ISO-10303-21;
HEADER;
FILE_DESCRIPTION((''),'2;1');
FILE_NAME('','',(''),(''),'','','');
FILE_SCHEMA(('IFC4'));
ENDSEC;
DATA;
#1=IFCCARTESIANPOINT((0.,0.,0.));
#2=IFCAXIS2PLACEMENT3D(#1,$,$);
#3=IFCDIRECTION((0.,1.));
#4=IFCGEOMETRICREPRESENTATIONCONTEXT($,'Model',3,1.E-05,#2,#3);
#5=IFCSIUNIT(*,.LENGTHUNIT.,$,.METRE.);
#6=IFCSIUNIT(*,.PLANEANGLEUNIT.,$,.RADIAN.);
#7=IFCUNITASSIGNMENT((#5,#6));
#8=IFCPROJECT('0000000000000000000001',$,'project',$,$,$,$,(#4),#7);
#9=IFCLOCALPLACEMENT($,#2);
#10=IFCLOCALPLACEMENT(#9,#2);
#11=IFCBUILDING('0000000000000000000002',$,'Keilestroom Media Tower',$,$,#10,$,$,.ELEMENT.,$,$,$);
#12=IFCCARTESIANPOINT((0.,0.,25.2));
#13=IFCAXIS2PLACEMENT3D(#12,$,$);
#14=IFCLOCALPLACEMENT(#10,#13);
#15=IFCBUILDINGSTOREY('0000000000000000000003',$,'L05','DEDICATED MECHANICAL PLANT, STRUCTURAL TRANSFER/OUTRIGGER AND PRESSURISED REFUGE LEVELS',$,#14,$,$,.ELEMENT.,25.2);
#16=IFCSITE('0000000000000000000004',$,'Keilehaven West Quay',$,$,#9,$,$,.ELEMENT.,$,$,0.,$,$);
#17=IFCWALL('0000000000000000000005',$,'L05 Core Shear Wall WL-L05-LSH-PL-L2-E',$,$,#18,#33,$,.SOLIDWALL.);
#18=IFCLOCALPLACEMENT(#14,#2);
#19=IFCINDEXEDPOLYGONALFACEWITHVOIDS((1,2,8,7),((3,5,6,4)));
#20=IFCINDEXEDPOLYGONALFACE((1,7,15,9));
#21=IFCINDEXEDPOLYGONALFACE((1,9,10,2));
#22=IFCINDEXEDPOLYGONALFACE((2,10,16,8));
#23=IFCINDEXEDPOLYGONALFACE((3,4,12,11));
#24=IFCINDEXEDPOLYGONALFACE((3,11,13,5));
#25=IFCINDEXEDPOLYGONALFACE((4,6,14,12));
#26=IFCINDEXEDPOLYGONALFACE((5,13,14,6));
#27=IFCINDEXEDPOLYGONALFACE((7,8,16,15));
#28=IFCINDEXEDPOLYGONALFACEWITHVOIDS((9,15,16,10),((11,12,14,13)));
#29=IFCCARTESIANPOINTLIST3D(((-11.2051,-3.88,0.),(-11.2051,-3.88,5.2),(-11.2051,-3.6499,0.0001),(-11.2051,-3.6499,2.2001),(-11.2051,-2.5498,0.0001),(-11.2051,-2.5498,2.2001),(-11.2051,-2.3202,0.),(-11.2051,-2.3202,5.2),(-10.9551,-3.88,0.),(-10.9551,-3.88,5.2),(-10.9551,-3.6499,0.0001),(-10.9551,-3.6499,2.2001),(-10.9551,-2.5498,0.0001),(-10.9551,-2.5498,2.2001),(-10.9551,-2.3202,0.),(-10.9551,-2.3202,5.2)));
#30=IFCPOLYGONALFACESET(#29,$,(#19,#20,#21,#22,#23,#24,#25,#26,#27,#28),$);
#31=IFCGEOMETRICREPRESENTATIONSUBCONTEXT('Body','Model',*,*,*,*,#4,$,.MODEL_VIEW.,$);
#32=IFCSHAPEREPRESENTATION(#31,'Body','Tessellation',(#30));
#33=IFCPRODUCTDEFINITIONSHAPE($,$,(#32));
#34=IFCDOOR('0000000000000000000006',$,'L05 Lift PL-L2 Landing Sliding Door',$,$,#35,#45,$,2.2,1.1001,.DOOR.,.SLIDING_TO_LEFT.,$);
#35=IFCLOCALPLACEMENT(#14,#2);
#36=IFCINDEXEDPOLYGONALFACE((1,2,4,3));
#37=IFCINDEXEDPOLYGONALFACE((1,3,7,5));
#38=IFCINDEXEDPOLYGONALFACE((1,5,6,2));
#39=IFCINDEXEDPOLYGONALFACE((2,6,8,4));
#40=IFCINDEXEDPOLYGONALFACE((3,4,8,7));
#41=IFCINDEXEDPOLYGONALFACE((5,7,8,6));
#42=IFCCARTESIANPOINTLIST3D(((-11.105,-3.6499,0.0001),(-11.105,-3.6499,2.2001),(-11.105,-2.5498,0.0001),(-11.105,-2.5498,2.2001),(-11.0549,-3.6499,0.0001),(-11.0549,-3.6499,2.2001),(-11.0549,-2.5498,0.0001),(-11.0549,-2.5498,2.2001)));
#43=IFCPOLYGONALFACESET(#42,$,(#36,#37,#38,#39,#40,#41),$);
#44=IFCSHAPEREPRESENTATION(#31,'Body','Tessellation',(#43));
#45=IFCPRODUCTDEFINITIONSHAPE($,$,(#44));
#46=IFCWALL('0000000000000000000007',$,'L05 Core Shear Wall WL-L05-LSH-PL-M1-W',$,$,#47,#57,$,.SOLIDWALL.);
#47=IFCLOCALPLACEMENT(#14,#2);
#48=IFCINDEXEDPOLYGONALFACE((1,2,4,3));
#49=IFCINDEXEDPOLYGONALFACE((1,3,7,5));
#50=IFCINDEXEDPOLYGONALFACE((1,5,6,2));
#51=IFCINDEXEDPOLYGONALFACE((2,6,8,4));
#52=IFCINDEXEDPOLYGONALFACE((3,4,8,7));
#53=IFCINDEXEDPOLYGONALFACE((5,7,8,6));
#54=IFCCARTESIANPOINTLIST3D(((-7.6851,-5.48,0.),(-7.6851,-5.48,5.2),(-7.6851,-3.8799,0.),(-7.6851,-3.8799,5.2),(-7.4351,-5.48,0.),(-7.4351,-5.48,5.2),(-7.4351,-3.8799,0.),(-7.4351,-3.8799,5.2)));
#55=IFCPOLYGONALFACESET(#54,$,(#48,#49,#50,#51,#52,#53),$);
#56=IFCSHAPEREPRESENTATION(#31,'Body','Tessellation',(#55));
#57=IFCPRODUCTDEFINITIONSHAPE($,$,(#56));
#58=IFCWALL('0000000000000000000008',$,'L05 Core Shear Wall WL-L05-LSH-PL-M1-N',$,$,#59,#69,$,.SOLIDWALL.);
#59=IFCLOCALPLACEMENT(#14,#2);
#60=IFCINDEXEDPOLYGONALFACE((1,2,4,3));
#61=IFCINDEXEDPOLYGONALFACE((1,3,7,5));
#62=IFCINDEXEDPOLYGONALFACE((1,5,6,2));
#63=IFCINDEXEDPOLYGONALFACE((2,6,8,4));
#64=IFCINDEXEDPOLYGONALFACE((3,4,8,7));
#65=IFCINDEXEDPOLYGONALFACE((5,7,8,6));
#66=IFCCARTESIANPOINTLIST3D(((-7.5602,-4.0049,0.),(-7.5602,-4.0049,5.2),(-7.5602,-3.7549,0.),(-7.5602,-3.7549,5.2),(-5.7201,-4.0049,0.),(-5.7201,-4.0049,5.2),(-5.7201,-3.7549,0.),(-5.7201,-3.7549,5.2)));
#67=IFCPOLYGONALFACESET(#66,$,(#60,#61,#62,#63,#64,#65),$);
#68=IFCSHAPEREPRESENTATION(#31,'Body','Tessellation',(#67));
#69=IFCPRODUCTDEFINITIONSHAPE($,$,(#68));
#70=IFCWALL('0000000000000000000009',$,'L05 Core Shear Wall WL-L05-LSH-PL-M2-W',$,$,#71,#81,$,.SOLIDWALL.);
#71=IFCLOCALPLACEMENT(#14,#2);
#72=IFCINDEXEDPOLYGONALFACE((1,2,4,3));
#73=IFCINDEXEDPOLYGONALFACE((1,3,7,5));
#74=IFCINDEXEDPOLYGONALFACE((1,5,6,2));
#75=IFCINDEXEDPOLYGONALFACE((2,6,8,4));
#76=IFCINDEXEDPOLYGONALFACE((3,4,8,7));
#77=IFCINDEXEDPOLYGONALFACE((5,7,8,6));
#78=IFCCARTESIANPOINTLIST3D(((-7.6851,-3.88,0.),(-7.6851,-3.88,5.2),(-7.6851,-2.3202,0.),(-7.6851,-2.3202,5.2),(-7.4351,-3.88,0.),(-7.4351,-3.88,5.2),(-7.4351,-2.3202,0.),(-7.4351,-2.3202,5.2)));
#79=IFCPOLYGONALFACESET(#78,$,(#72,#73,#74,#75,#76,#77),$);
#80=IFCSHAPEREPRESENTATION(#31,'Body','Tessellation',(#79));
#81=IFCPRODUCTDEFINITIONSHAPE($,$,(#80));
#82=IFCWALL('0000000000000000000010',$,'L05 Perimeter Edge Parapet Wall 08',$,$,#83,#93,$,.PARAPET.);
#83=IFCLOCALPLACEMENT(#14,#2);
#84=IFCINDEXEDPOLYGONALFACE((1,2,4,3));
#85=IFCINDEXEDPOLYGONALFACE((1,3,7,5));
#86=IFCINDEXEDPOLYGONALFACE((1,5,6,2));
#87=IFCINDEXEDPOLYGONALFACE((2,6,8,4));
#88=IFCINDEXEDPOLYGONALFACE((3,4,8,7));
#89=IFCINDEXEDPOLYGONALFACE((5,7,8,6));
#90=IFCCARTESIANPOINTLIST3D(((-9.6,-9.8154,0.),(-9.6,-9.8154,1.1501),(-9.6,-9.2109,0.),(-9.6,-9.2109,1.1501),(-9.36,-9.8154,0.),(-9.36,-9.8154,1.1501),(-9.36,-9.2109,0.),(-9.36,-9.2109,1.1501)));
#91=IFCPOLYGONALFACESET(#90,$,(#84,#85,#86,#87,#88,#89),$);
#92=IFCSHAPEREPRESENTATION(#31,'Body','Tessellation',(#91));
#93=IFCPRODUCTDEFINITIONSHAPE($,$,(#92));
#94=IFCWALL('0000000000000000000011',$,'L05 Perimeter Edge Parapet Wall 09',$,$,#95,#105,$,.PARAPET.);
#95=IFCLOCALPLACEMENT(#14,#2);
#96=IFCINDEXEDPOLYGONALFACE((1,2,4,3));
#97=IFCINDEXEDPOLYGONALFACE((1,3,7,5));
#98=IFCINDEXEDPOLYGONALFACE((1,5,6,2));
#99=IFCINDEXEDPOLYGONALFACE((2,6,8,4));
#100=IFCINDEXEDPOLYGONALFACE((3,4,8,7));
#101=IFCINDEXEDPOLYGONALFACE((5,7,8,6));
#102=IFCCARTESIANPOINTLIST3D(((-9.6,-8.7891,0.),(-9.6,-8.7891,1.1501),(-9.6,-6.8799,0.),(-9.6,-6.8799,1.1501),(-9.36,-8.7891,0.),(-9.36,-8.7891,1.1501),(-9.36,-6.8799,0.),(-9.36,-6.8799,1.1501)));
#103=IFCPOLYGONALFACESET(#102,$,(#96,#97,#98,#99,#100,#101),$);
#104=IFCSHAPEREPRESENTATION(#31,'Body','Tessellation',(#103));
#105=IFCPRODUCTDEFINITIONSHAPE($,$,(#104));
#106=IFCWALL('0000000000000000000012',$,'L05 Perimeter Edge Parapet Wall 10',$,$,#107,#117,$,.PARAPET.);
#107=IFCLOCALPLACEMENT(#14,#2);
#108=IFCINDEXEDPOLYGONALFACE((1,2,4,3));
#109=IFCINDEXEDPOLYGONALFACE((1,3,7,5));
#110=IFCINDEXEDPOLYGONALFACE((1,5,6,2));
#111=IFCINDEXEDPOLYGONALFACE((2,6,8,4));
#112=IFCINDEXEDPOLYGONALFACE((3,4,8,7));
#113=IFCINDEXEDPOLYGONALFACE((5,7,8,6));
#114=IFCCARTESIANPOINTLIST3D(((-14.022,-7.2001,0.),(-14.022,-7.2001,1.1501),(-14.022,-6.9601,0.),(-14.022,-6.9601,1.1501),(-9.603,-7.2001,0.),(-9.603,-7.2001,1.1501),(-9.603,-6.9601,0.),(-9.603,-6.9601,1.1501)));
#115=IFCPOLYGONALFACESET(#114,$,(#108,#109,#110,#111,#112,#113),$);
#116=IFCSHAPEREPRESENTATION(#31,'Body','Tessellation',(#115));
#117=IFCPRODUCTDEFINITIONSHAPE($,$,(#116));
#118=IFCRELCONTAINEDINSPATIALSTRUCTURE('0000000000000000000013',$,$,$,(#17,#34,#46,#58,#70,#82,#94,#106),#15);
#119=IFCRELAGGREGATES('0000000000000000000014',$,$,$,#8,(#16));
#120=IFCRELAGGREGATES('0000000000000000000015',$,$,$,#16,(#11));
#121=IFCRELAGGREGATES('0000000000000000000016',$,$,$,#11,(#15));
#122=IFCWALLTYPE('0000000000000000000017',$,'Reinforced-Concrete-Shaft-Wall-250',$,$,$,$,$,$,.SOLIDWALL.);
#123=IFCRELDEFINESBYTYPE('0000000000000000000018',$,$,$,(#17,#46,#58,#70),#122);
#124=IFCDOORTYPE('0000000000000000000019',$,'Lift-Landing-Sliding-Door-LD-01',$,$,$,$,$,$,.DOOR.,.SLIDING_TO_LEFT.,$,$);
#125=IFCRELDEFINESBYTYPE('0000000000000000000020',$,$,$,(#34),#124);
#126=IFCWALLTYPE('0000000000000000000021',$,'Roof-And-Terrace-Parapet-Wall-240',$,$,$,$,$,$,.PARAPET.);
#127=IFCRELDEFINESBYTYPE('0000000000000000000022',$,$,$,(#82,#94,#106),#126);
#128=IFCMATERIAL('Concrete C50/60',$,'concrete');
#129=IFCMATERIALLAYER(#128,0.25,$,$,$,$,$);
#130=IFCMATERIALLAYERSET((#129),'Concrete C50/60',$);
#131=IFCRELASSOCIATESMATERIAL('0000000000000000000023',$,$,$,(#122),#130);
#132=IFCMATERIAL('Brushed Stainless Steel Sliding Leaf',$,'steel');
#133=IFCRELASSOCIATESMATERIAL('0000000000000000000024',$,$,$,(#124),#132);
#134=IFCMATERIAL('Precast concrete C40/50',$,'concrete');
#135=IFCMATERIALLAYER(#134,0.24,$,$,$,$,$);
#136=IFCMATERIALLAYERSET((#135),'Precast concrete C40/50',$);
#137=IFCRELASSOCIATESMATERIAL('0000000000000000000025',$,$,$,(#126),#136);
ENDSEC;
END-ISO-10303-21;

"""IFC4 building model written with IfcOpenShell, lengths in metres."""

from ifc_helpers import new_model, si_unit, direction, frame, frame_2d, origin, place, context, subcontext, project, spatial, rectangle, extrude, source, transform, mapped, material, layer, layer_set, type_object, element, fill, save


model = new_model("IFC4")

# Units and contexts
model_context = context("Model", 3, precision=1e-05, world=origin(), true_north=direction((0.0, 1.0)))
body_context = subcontext(model_context, "Body", "Model", "MODEL_VIEW")
ifc_project = project(units=[si_unit("LENGTHUNIT", "METRE"), si_unit("PLANEANGLEUNIT", "RADIAN")], contexts=[model_context])

# Site, building, storey
site_placement = place(None, origin())
site = spatial("IfcSite", under=ifc_project, at=site_placement, Name="Keilehaven West Quay", CompositionType="ELEMENT", RefElevation=0.0)
building_placement = place(site_placement, origin())
building = spatial("IfcBuilding", under=site, at=building_placement, Name="Keilestroom Media Tower", CompositionType="ELEMENT")
storey_placement = place(building_placement, frame((0.0, 0.0, 25.2)))
storey = spatial("IfcBuildingStorey", under=building, at=storey_placement, Name="L05", Description="DEDICATED MECHANICAL PLANT, STRUCTURAL TRANSFER/OUTRIGGER AND PRESSURISED REFUGE LEVELS", CompositionType="ELEMENT", Elevation=25.2)

# Shared definitions
ifc_material_1 = material(Name="Precast concrete C40/50", Category="concrete")

# Shared definitions
ifc_material_2 = material(Name="Concrete C50/60", Category="concrete")
ifc_layer_1 = layer(ifc_material_2, 0.25)
ifc_layer_set_1 = layer_set([ifc_layer_1], Name="Concrete C50/60")
wall_type_1 = type_object("IfcWallType", Name="Reinforced-Concrete-Shaft-Wall-250", PredefinedType="SOLIDWALL", material=ifc_layer_set_1)

# Shared definitions
ifc_material_3 = material(Name="Brushed Stainless Steel Sliding Leaf", Category="steel")

# Wall, opening, door
door_type_1 = type_object("IfcDoorType", Name="Lift-Landing-Sliding-Door-LD-01", OperationType="SLIDING_TO_LEFT", PredefinedType="DOOR", material=ifc_material_3)
shared_shape_1 = source(origin(), body_context, "Body", "SweptSolid", [
    extrude(rectangle(XDim=1.1001, YDim=2.2, at=frame_2d((0.55, 1.1001))), frame((0.0, 0.0249, 0.0), z_axis=(0.0, -1.0, 0.0), x_axis=(1.0, 0.0, 0.0)), (0.0, 0.0, 1.0), 0.05),
])
wall_1_placement = place(storey_placement, frame((-11.0801, -3.8799, 0.0), z_axis=(0.0, 0.0, 1.0), x_axis=(0.0, 1.0, 0.0)))
wall_1 = element("IfcWall", 1, at=wall_1_placement, inside=storey, type_object=wall_type_1, Name="L05 Core Shear Wall WL-L05-LSH-PL-L2-E", PredefinedType="SOLIDWALL", context=body_context, shape_type="SweptSolid", body=[
    extrude(rectangle(XDim=1.5598, YDim=0.25, at=frame_2d((0.7798, 0.0))), origin(), (0.0, 0.0, 1.0), 5.2),
])
opening_1_placement = place(wall_1_placement, frame((0.23, 0.0, 0.0)))
opening_1 = element("IfcOpeningElement", 2, at=opening_1_placement, cuts=wall_1, PredefinedType="OPENING", context=body_context, shape_type="SweptSolid", body=[
    extrude(rectangle(XDim=1.1001, YDim=2.2, at=frame_2d((0.55, 1.1001))), frame((0.0, 0.135, 0.0), z_axis=(0.0, -1.0, 0.0), x_axis=(1.0, 0.0, 0.0)), (0.0, 0.0, 1.0), 0.27),
])
door_1_placement = place(opening_1_placement, origin())
door_1 = element("IfcDoor", 3, at=door_1_placement, inside=storey, type_object=door_type_1, Name="L05 Lift PL-L2 Landing Sliding Door", OperationType="SLIDING_TO_LEFT", OverallHeight=2.2, OverallWidth=1.1001, PredefinedType="DOOR", context=body_context, shape_type="MappedRepresentation", body=[
    mapped(shared_shape_1, transform((0.0, 0.0, 0.0), x_axis=(1.0, 0.0, 0.0), y_axis=(0.0, 1.0, 0.0), z_axis=(0.0, 0.0, 1.0), scale=1.0)),
])
fill(opening_1, door_1)

# Walls
wall_2_placement = place(storey_placement, frame((-7.5601, -5.48, 0.0), z_axis=(0.0, 0.0, 1.0), x_axis=(0.0, 1.0, 0.0)))
element("IfcWall", 4, at=wall_2_placement, inside=storey, type_object=wall_type_1, Name="L05 Core Shear Wall WL-L05-LSH-PL-M1-W", PredefinedType="SOLIDWALL", context=body_context, shape_type="SweptSolid", body=[
    extrude(rectangle(XDim=1.6001, YDim=0.25, at=frame_2d((0.8, 0.0))), origin(), (0.0, 0.0, 1.0), 5.2),
])
wall_3_placement = place(storey_placement, frame((-7.5601, -3.8799, 0.0), z_axis=(0.0, 0.0, 1.0), x_axis=(1.0, 0.0, 0.0)))
element("IfcWall", 5, at=wall_3_placement, inside=storey, type_object=wall_type_1, Name="L05 Core Shear Wall WL-L05-LSH-PL-M1-N", PredefinedType="SOLIDWALL", context=body_context, shape_type="SweptSolid", body=[
    extrude(rectangle(XDim=1.8401, YDim=0.25, at=frame_2d((0.9199, 0.0))), origin(), (0.0, 0.0, 1.0), 5.2),
])
wall_4_placement = place(storey_placement, frame((-7.5601, -3.8799, 0.0), z_axis=(0.0, 0.0, 1.0), x_axis=(0.0, 1.0, 0.0)))
element("IfcWall", 6, at=wall_4_placement, inside=storey, type_object=wall_type_1, Name="L05 Core Shear Wall WL-L05-LSH-PL-M2-W", PredefinedType="SOLIDWALL", context=body_context, shape_type="SweptSolid", body=[
    extrude(rectangle(XDim=1.5598, YDim=0.25, at=frame_2d((0.7798, 0.0))), origin(), (0.0, 0.0, 1.0), 5.2),
])
ifc_layer_2 = layer(ifc_material_1, 0.24)
ifc_layer_set_2 = layer_set([ifc_layer_2], Name="Precast concrete C40/50")
wall_type_2 = type_object("IfcWallType", Name="Roof-And-Terrace-Parapet-Wall-240", PredefinedType="PARAPET", material=ifc_layer_set_2)
wall_5_placement = place(storey_placement, frame((-9.48, -9.8154, 0.0), z_axis=(0.0, 0.0, 1.0), x_axis=(0.0, 1.0, 0.0)))
element("IfcWall", 7, at=wall_5_placement, inside=storey, type_object=wall_type_2, Name="L05 Perimeter Edge Parapet Wall 08", PredefinedType="PARAPET", context=body_context, shape_type="SweptSolid", body=[
    extrude(rectangle(XDim=0.6045, YDim=0.24, at=frame_2d((0.3022, 0.0))), origin(), (0.0, 0.0, 1.0), 1.1501),
])
wall_6_placement = place(storey_placement, frame((-9.48, -8.7891, 0.0), z_axis=(0.0, 0.0, 1.0), x_axis=(0.0, 1.0, 0.0)))
element("IfcWall", 8, at=wall_6_placement, inside=storey, type_object=wall_type_2, Name="L05 Perimeter Edge Parapet Wall 09", PredefinedType="PARAPET", context=body_context, shape_type="SweptSolid", body=[
    extrude(rectangle(XDim=1.9092, YDim=0.24, at=frame_2d((0.9546, 0.0))), origin(), (0.0, 0.0, 1.0), 1.1501),
])
wall_7_placement = place(storey_placement, frame((-9.603, -7.0801, 0.0), z_axis=(0.0, 0.0, 1.0), x_axis=(-1.0, 0.0, 0.0)))
element("IfcWall", 9, at=wall_7_placement, inside=storey, type_object=wall_type_2, Name="L05 Perimeter Edge Parapet Wall 10", PredefinedType="PARAPET", context=body_context, shape_type="SweptSolid", body=[
    extrude(rectangle(XDim=4.4189, YDim=0.24, at=frame_2d((2.2095, 0.0))), origin(), (0.0, 0.0, 1.0), 1.1501),
])

save(model, "model.ifc")
